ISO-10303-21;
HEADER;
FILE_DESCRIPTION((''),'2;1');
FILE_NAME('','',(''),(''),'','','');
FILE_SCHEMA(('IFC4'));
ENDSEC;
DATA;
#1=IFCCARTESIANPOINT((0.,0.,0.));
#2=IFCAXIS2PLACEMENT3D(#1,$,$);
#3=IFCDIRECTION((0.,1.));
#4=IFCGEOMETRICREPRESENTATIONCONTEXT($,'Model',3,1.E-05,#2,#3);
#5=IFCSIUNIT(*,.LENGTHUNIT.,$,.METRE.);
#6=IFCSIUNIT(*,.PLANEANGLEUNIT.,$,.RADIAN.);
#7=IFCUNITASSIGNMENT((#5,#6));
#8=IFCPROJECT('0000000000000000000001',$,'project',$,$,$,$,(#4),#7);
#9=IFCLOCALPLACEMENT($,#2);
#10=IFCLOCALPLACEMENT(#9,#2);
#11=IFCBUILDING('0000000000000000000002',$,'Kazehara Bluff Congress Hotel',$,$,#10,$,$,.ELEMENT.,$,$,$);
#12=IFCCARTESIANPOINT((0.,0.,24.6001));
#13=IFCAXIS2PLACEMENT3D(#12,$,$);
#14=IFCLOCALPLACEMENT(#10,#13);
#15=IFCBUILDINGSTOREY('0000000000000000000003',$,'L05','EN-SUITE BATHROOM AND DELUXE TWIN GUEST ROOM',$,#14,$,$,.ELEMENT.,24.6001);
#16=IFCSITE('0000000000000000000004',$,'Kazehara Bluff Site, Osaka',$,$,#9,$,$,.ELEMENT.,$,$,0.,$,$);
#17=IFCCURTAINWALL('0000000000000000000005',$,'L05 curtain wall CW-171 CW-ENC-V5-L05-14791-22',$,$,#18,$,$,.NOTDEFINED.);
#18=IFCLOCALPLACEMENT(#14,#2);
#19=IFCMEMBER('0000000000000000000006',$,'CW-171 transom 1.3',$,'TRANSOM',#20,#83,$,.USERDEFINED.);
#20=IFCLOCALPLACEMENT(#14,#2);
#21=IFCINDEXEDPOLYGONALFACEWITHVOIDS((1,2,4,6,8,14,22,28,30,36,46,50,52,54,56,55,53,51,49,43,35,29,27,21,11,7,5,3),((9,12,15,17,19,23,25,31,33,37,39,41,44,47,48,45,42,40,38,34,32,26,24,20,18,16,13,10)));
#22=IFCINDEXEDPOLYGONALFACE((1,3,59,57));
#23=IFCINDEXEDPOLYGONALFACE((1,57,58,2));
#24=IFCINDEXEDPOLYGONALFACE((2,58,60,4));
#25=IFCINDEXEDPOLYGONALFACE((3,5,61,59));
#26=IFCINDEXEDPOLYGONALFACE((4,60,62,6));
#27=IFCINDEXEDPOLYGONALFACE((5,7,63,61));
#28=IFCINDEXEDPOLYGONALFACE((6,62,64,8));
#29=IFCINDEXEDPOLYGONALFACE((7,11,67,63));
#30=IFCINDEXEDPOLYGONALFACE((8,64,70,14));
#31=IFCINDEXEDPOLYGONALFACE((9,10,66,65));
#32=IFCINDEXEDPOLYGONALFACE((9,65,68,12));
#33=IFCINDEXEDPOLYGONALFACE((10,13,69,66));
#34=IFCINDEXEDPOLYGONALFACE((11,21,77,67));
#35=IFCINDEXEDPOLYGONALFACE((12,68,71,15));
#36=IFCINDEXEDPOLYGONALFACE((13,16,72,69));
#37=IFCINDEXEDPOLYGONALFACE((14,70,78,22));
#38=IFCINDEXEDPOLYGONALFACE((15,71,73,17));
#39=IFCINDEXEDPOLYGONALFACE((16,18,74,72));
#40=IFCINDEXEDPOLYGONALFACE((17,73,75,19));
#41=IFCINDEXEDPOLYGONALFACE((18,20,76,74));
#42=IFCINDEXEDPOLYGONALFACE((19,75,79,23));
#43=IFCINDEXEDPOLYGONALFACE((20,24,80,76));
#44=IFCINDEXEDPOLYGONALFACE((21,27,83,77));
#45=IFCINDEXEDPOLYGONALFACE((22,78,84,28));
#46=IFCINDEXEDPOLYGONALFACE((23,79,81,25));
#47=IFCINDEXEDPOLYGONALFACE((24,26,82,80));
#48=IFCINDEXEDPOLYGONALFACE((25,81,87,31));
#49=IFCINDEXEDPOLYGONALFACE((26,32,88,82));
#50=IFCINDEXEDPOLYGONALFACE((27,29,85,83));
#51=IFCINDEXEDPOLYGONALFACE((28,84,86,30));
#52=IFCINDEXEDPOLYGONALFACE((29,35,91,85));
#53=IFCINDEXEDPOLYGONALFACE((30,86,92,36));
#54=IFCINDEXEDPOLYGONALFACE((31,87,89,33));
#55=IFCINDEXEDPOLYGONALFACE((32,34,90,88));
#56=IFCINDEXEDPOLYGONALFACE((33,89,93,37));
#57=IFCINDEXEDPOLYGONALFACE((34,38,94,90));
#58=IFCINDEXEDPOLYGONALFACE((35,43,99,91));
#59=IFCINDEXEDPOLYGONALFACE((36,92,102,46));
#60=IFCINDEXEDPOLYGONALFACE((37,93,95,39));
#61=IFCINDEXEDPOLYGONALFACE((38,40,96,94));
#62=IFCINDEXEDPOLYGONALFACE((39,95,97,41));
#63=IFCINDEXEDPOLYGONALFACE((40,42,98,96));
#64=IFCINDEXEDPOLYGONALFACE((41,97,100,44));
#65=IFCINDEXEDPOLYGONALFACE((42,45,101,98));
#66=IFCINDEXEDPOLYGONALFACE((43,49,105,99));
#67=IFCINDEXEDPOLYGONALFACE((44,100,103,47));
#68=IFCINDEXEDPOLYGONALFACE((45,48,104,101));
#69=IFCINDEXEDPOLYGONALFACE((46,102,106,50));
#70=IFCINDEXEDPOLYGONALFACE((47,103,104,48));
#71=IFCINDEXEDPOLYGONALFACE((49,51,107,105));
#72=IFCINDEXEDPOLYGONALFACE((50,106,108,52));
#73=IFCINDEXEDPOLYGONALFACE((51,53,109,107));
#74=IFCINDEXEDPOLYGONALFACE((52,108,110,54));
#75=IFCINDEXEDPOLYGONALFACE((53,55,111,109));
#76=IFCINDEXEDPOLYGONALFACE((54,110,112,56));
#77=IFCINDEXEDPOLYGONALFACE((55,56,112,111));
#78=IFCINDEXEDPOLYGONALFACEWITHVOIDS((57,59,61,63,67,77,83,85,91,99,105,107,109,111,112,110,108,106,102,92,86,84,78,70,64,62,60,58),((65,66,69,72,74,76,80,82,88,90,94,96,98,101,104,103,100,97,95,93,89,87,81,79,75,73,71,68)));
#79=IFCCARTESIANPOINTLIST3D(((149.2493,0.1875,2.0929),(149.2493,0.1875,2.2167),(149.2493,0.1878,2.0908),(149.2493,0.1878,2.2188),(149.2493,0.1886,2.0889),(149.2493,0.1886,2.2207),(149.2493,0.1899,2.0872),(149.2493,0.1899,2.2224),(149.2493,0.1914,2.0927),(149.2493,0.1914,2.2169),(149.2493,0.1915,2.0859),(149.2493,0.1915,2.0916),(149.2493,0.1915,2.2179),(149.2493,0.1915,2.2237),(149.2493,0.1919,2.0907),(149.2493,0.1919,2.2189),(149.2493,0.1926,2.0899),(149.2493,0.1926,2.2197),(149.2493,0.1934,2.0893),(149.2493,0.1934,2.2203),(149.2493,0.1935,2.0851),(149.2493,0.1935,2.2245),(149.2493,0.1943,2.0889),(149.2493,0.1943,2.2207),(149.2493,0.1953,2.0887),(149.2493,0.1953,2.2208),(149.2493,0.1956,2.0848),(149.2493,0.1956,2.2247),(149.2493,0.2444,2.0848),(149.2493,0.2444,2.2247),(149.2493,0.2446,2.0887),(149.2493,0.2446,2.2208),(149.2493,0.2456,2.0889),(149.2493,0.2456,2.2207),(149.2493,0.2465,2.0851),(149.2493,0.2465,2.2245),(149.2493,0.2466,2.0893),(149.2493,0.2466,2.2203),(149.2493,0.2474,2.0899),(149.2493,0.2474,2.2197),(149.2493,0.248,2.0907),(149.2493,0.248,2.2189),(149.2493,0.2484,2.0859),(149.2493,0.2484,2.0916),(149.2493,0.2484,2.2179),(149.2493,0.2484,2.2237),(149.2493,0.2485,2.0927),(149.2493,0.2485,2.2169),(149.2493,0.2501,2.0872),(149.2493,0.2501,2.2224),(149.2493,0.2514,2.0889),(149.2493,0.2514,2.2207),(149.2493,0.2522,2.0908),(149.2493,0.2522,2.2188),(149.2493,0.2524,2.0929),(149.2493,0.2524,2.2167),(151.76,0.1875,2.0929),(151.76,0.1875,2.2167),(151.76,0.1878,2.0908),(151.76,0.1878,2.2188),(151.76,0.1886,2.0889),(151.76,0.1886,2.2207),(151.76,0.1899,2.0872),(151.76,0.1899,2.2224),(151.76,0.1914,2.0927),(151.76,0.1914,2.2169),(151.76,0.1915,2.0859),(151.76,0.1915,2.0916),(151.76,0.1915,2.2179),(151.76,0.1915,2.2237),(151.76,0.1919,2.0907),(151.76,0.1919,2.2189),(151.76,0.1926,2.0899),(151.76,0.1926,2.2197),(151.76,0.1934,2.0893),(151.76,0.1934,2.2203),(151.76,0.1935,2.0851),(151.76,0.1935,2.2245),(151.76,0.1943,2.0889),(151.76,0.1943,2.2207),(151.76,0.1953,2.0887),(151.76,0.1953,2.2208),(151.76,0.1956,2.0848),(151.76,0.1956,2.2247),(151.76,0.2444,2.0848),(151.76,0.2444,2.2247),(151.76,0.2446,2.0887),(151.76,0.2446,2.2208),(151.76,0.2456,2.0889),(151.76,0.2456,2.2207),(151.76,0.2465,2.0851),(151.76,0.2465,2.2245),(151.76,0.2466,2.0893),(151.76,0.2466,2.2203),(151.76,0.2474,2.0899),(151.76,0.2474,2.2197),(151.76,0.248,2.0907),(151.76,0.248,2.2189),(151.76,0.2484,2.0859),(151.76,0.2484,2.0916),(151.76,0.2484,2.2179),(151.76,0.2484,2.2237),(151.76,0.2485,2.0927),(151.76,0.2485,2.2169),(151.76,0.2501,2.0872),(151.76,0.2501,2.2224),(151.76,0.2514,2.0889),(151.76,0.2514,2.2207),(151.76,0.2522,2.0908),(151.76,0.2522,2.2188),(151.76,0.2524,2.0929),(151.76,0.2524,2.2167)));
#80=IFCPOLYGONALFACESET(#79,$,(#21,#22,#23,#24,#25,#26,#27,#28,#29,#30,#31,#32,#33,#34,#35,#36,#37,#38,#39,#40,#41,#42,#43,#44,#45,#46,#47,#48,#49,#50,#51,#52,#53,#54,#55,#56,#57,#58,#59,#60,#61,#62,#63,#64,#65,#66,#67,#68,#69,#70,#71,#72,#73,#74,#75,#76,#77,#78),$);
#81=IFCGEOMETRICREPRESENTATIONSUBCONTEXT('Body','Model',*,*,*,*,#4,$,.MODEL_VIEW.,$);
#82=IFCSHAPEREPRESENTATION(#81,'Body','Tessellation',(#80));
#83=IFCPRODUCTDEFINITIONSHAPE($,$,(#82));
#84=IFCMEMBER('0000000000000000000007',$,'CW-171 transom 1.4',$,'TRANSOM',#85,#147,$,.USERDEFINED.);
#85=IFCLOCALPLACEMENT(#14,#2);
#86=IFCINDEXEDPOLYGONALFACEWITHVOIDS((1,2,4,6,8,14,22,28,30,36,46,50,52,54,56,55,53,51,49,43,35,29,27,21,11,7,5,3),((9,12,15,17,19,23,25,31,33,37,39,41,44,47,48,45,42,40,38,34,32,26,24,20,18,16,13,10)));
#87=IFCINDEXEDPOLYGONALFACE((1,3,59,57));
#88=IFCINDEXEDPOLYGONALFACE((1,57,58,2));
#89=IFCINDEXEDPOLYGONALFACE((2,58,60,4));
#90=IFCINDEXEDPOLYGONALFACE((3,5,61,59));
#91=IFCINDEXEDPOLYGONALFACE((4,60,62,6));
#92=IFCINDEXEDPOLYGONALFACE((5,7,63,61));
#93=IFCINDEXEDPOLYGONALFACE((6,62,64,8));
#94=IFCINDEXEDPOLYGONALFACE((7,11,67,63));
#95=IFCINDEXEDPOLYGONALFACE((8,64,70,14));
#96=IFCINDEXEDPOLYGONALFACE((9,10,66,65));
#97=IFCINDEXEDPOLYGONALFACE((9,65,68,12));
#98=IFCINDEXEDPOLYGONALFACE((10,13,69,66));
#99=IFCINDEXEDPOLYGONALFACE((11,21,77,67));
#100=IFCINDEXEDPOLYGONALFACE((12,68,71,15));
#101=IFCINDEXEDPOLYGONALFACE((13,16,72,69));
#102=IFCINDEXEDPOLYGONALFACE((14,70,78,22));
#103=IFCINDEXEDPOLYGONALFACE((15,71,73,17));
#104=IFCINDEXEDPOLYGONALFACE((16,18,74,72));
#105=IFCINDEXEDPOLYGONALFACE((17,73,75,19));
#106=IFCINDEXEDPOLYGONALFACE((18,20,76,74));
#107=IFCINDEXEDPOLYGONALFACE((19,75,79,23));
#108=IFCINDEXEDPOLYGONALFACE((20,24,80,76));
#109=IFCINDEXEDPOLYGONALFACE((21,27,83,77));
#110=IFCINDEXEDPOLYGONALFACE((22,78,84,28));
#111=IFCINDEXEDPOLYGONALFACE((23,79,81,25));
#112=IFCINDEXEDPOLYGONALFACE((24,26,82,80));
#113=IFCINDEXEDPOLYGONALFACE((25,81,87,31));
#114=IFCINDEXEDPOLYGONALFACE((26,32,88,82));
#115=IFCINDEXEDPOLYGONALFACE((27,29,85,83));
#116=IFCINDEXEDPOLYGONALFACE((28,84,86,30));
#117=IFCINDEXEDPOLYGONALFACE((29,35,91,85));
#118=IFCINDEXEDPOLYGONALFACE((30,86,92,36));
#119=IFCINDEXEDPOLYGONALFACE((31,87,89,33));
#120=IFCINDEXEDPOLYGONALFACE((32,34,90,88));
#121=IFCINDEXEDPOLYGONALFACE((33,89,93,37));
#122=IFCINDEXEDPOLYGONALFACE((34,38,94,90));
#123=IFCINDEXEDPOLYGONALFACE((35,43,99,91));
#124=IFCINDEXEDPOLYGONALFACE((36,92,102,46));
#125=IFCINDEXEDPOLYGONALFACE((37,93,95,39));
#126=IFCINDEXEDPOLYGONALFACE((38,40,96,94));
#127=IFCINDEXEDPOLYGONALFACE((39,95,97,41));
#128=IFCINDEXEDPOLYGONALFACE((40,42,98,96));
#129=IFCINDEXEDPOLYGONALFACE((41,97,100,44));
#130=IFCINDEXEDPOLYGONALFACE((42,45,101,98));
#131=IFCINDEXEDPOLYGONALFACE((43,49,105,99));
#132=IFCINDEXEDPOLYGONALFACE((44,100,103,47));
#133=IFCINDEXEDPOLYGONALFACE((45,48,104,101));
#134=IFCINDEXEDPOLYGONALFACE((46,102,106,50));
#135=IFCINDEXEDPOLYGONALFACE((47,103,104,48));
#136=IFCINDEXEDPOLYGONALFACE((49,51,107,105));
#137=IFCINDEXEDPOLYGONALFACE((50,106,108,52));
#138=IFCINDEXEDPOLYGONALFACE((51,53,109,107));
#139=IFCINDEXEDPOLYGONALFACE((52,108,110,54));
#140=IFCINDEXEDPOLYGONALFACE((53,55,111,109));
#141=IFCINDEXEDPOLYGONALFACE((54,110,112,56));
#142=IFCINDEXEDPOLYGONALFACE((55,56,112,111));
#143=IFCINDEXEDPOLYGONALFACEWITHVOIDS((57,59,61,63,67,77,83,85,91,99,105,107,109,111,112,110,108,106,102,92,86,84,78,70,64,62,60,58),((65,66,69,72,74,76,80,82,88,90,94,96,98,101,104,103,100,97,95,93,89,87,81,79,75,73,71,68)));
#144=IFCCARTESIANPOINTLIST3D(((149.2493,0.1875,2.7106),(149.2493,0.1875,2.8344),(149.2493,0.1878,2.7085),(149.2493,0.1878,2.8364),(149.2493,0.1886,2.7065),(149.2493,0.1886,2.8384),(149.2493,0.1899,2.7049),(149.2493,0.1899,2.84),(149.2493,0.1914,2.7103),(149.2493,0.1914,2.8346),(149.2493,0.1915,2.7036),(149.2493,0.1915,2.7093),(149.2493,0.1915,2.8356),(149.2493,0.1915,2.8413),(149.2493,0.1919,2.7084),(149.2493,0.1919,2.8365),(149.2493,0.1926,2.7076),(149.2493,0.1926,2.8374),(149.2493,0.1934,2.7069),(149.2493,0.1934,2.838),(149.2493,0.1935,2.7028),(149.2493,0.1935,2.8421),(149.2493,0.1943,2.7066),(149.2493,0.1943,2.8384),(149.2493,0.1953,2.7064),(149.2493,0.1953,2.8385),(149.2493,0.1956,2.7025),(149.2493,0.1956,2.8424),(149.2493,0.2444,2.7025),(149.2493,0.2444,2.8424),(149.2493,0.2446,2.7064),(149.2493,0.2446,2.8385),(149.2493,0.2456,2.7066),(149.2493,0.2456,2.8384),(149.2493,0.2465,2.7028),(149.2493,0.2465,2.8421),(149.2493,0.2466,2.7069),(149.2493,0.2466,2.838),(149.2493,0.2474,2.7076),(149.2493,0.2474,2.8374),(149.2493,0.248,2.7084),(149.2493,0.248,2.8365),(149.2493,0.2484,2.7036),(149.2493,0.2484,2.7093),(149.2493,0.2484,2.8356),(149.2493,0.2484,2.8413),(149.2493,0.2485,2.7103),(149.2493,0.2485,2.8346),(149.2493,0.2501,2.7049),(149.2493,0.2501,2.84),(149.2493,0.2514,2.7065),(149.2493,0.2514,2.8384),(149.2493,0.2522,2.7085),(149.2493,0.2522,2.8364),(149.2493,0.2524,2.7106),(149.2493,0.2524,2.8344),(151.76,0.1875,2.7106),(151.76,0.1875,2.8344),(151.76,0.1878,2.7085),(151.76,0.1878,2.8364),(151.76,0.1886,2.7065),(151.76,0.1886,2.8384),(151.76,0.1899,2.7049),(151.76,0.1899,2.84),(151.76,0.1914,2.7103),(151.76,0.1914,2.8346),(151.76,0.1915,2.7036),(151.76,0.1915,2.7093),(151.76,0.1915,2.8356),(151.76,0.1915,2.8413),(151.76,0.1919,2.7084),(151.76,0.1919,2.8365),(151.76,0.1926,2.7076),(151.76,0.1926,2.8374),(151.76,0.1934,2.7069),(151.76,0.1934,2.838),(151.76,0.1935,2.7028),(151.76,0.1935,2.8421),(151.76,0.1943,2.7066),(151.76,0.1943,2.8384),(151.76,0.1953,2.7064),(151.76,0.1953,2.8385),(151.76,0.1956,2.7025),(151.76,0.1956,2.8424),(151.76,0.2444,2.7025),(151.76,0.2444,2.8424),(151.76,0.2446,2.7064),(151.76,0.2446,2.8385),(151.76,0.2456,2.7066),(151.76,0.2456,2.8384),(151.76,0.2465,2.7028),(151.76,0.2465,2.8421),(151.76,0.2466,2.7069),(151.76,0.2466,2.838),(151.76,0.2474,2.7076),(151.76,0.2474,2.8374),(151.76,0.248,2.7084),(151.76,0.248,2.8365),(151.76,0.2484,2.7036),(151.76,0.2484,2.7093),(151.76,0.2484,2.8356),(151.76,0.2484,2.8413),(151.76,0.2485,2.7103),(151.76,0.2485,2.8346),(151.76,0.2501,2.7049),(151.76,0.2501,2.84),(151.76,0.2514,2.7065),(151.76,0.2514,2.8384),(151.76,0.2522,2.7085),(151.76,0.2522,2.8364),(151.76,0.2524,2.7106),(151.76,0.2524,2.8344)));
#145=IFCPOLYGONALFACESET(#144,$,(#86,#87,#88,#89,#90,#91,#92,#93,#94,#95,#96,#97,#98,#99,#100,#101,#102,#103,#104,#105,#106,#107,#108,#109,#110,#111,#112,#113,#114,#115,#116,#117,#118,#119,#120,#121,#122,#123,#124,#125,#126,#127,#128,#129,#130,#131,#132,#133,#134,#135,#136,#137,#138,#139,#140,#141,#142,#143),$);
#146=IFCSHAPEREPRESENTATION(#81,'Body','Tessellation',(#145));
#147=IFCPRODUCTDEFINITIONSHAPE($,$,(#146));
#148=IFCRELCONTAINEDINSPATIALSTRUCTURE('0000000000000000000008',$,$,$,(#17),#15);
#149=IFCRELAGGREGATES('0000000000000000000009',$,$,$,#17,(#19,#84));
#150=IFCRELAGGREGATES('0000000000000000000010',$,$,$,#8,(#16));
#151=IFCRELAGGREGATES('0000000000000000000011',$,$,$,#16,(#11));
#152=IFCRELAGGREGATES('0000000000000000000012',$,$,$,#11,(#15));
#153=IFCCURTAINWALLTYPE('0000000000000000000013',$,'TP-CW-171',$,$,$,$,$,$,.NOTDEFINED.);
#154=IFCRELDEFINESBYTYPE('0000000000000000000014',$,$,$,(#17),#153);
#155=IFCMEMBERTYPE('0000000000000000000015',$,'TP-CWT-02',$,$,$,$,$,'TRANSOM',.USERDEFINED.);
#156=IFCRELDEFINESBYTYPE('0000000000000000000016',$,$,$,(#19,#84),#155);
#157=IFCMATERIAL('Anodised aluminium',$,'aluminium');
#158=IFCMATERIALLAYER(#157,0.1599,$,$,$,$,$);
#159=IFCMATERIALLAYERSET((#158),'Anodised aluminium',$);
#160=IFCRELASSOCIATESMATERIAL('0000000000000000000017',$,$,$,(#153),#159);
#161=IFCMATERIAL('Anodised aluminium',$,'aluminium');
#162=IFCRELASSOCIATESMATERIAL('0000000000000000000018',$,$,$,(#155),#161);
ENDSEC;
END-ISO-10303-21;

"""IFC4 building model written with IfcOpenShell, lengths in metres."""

from ifc_helpers import new_model, si_unit, direction, frame, origin, origin_2d, place, context, subcontext, project, spatial, hollow_rectangle, extrude, material, layer, layer_set, material_profile, profile_set, type_object, element, aggregate, save


model = new_model("IFC4")

# Units and contexts
model_context = context("Model", 3, precision=1e-05, world=origin(), true_north=direction((0.0, 1.0)))
body_context = subcontext(model_context, "Body", "Model", "MODEL_VIEW")
ifc_project = project(units=[si_unit("LENGTHUNIT", "METRE"), si_unit("PLANEANGLEUNIT", "RADIAN")], contexts=[model_context])

# Site, building, storey
site_placement = place(None, origin())
site = spatial("IfcSite", under=ifc_project, at=site_placement, Name="Kazehara Bluff Site, Osaka", CompositionType="ELEMENT", RefElevation=0.0)
building_placement = place(site_placement, origin())
building = spatial("IfcBuilding", under=site, at=building_placement, Name="Kazehara Bluff Congress Hotel", CompositionType="ELEMENT")
storey_placement = place(building_placement, frame((0.0, 0.0, 24.6001)))
storey = spatial("IfcBuildingStorey", under=building, at=storey_placement, Name="L05", Description="EN-SUITE BATHROOM AND DELUXE TWIN GUEST ROOM", CompositionType="ELEMENT", Elevation=24.6001)

# Curtain wall, members
ifc_material_1 = material(Name="Anodised aluminium", Category="aluminium")
ifc_layer_1 = layer(ifc_material_1, 0.1599)
ifc_layer_set_1 = layer_set([ifc_layer_1], Name="Anodised aluminium")
curtain_wall_type = type_object("IfcCurtainWallType", Name="TP-CW-171", PredefinedType="NOTDEFINED", material=ifc_layer_set_1)
curtain_wall_placement = place(storey_placement, origin())
curtain_wall = element("IfcCurtainWall", 1, at=curtain_wall_placement, inside=storey, type_object=curtain_wall_type, Name="L05 curtain wall CW-171 CW-ENC-V5-L05-14791-22", PredefinedType="NOTDEFINED")
ifc_material_2 = material(Name="Anodised aluminium", Category="aluminium")
ifc_material_profile_1 = material_profile(ifc_material_2, hollow_rectangle(XDim=0.0649, YDim=0.1399, WallThickness=0.0039, InnerFilletRadius=0.0039, OuterFilletRadius=0.0081, at=origin_2d()))
ifc_profile_set_1 = profile_set([ifc_material_profile_1], Name="Anodised aluminium")
member_type_1 = type_object("IfcMemberType", Name="TP-CWT-02", ElementType="TRANSOM", PredefinedType="USERDEFINED", material=ifc_profile_set_1)
member_1_placement = place(storey_placement, frame((151.76, 0.22, 2.1548), z_axis=(-1.0, 0.0, 0.0), x_axis=(0.0, -1.0, 0.0)))
member_1 = element("IfcMember", 2, at=member_1_placement, type_object=member_type_1, Name="CW-171 transom 1.3", ObjectType="TRANSOM", PredefinedType="USERDEFINED", context=body_context, shape_type="SweptSolid", body=[
    extrude(hollow_rectangle(XDim=0.0649, YDim=0.1399, WallThickness=0.0039, InnerFilletRadius=0.0039, OuterFilletRadius=0.0081, at=origin_2d()), origin(), (0.0, 0.0, 1.0), 2.5107),
])
member_2_placement = place(storey_placement, frame((151.76, 0.22, 2.7725), z_axis=(-1.0, 0.0, 0.0), x_axis=(0.0, -1.0, 0.0)))
member_2 = element("IfcMember", 3, at=member_2_placement, type_object=member_type_1, Name="CW-171 transom 1.4", ObjectType="TRANSOM", PredefinedType="USERDEFINED", context=body_context, shape_type="SweptSolid", body=[
    extrude(hollow_rectangle(XDim=0.0649, YDim=0.1399, WallThickness=0.0039, InnerFilletRadius=0.0039, OuterFilletRadius=0.0081, at=origin_2d()), origin(), (0.0, 0.0, 1.0), 2.5107),
])
aggregate(curtain_wall, [member_1, member_2])

save(model, "model.ifc")
